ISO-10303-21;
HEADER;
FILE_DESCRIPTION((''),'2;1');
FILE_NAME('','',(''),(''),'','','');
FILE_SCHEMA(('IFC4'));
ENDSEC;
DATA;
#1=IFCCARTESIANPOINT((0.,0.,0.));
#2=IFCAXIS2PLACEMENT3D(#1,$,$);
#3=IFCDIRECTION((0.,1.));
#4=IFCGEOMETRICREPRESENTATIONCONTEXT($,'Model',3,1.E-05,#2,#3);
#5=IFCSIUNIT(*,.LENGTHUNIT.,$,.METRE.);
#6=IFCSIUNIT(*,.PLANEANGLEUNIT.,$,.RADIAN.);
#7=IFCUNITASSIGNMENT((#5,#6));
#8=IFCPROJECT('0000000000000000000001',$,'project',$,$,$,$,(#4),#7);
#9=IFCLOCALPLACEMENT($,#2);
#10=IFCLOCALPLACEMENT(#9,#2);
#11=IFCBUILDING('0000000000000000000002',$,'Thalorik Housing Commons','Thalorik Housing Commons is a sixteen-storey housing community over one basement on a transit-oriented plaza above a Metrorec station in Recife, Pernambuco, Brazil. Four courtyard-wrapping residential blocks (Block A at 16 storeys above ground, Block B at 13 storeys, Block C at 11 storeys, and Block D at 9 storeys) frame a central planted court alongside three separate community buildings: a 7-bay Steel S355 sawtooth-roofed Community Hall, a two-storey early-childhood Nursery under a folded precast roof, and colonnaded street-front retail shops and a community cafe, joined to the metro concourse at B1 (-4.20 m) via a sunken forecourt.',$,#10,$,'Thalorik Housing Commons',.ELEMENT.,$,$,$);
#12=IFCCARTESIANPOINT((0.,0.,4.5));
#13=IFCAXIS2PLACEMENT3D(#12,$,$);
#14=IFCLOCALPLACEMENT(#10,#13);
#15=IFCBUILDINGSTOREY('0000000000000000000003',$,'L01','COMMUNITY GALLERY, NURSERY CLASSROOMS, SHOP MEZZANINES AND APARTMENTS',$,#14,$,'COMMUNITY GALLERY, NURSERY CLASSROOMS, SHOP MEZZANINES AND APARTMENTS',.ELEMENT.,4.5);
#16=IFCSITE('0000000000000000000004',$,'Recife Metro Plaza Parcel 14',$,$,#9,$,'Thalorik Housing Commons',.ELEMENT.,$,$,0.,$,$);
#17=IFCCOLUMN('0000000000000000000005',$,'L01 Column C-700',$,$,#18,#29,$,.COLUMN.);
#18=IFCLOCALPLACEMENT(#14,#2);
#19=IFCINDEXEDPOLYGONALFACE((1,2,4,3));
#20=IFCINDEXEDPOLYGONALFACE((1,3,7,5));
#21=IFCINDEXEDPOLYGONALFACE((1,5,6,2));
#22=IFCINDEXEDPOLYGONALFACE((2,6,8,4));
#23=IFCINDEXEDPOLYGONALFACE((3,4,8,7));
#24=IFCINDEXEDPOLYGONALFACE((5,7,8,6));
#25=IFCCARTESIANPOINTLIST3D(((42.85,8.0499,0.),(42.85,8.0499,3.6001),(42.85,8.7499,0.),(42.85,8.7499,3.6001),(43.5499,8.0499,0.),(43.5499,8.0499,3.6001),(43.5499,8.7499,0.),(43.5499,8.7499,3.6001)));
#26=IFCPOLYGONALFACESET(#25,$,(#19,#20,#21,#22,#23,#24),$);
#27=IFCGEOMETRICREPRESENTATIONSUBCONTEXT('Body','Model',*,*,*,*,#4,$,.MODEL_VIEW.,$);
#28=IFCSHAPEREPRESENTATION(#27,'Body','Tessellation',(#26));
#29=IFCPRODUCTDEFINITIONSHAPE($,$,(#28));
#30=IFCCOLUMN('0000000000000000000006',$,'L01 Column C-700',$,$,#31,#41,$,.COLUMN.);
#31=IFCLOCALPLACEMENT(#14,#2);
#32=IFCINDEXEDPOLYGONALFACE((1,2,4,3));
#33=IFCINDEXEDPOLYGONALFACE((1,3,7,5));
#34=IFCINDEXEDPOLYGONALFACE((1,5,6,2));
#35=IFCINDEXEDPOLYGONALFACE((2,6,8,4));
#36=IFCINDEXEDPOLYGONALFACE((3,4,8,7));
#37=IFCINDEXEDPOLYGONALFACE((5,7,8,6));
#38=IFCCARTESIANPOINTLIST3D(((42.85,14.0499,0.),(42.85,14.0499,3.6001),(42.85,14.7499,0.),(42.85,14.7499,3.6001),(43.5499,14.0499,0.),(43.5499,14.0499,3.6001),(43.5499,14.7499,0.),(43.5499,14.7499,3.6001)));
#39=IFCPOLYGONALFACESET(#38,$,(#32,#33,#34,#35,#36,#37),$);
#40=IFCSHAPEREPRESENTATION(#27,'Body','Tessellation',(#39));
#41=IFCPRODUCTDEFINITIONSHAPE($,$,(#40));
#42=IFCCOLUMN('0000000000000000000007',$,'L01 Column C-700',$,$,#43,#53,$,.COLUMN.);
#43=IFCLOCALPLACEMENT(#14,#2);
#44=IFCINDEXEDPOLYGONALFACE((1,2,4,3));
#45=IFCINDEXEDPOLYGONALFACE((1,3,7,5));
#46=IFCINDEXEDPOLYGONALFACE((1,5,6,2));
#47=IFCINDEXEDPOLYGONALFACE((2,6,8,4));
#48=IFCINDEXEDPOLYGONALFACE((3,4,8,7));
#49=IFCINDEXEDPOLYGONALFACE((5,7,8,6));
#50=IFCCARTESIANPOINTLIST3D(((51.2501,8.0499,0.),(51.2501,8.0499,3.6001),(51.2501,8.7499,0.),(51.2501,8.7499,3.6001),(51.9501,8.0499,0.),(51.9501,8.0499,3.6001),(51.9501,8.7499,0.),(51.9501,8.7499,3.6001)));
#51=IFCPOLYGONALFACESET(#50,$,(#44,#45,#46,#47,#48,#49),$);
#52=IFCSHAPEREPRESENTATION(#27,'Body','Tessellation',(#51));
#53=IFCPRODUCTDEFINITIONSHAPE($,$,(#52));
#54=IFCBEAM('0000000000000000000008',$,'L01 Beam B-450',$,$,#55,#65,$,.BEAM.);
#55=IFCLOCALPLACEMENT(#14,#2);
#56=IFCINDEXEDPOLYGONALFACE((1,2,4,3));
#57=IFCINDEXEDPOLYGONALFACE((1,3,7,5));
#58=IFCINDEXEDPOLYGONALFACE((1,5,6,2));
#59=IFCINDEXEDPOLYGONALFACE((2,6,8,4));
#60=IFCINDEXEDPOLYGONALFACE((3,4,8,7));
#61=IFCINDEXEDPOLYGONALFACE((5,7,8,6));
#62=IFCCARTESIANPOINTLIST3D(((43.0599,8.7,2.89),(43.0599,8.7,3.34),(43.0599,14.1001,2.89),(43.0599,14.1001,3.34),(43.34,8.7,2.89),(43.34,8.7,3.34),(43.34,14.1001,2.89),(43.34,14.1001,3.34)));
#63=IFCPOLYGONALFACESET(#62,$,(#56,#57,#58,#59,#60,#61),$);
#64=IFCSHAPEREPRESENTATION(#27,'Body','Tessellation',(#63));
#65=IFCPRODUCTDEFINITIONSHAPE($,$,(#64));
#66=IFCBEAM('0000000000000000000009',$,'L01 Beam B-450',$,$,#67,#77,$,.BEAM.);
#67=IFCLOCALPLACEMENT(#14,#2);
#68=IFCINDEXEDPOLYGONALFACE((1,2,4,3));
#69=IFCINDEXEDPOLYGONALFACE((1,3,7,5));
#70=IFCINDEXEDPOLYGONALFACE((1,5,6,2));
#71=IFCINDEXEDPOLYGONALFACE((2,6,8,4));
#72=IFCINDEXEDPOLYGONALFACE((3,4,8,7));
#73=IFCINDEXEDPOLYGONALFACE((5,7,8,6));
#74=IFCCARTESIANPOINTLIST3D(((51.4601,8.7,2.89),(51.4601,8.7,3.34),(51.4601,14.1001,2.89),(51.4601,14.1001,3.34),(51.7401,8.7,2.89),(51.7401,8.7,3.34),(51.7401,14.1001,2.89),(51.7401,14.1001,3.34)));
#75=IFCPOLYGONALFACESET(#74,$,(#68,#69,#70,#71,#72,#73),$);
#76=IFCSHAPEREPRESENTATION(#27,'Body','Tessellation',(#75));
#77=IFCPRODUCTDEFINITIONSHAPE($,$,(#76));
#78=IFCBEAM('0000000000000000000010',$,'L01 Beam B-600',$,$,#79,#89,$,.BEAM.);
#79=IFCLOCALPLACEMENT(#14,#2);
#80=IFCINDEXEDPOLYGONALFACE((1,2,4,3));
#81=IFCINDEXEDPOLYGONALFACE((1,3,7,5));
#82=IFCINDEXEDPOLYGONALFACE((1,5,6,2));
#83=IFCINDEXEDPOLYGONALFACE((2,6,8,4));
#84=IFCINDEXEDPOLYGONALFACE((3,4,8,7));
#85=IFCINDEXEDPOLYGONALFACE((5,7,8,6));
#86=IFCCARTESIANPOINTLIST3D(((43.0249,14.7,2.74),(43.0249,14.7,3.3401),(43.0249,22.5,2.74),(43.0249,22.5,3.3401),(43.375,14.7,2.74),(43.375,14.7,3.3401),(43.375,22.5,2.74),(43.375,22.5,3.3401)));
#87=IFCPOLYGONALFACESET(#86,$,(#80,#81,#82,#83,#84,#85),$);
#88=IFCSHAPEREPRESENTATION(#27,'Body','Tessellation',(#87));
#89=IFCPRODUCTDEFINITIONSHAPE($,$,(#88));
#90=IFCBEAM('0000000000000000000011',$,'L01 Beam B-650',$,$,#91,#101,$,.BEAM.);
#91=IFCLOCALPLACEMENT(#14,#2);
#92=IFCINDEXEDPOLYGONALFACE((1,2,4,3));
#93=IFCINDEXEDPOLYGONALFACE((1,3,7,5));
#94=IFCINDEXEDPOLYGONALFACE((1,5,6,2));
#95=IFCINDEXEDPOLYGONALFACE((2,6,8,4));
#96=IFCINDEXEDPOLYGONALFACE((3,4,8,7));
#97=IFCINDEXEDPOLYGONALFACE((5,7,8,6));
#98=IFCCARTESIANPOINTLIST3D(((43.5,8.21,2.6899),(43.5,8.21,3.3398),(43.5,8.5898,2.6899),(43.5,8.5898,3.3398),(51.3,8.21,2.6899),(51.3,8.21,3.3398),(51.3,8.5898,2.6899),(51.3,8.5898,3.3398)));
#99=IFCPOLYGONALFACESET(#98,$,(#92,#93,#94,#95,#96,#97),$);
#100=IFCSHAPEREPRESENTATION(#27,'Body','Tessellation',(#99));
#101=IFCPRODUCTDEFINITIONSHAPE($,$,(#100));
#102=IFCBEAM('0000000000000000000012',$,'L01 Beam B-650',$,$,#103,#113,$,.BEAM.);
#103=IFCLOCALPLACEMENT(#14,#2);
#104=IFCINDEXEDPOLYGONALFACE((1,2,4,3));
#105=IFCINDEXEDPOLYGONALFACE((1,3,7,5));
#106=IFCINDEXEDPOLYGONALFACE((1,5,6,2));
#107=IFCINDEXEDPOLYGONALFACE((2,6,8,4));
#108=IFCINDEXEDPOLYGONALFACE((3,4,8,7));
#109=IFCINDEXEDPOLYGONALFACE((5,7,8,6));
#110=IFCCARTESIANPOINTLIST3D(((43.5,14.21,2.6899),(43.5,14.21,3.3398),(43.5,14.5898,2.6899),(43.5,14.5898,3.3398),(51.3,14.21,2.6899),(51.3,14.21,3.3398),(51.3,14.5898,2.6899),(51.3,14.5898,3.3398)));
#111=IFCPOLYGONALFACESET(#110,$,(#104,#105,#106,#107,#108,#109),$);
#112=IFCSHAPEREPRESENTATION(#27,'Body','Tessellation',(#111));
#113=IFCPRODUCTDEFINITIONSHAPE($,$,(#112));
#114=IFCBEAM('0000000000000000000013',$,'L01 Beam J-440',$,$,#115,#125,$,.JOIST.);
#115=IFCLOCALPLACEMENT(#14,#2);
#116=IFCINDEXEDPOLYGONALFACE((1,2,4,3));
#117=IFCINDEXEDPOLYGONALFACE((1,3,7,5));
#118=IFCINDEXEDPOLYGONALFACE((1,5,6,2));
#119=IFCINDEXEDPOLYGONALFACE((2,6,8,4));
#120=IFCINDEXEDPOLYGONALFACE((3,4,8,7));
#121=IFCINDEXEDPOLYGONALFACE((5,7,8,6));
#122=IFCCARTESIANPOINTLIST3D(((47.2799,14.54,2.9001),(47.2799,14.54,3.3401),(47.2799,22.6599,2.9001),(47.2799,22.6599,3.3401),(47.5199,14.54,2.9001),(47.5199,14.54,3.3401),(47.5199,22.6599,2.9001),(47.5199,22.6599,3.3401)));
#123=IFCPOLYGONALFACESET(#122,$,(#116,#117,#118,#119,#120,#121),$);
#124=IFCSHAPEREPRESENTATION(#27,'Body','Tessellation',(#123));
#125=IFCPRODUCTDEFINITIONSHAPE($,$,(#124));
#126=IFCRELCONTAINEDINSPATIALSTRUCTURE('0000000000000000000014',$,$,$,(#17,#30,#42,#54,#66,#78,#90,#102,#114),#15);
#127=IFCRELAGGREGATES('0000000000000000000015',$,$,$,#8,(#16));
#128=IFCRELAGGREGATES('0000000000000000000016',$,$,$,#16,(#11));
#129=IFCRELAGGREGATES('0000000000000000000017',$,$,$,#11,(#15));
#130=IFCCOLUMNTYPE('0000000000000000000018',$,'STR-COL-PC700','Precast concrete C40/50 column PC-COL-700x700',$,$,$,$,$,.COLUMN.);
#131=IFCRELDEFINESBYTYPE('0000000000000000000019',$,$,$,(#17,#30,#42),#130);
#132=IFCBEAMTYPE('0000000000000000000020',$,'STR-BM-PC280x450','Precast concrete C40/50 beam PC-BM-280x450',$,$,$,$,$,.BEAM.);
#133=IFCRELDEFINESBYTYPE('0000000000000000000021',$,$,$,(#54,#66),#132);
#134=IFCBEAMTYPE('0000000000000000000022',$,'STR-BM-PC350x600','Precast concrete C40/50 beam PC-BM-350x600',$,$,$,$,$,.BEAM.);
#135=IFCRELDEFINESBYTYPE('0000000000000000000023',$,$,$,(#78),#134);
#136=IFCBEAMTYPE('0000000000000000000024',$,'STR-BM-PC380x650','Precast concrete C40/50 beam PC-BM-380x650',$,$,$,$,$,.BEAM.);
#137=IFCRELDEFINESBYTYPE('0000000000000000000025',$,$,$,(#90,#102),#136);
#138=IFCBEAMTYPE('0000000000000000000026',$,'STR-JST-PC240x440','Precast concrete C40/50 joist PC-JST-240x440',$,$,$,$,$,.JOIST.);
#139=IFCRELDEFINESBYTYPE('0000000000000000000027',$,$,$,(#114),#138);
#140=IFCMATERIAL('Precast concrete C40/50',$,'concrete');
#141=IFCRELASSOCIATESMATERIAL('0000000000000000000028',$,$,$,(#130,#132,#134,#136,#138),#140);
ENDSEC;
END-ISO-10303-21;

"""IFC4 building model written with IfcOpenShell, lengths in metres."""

from ifc_helpers import new_model, si_unit, direction, frame, origin, origin_2d, place, context, subcontext, project, spatial, rectangle, extrude, material, material_profile, profile_set, type_object, element, save


model = new_model("IFC4")

# Units and contexts
model_context = context("Model", 3, precision=1e-05, world=origin(), true_north=direction((0.0, 1.0)))
body_context = subcontext(model_context, "Body", "Model", "MODEL_VIEW")
ifc_project = project(units=[si_unit("LENGTHUNIT", "METRE"), si_unit("PLANEANGLEUNIT", "RADIAN")], contexts=[model_context])

# Site, building, storey
site_placement = place(None, origin())
site = spatial("IfcSite", under=ifc_project, at=site_placement, Name="Recife Metro Plaza Parcel 14", LongName="Thalorik Housing Commons", CompositionType="ELEMENT", RefElevation=0.0)
building_placement = place(site_placement, origin())
building = spatial("IfcBuilding", under=site, at=building_placement, Name="Thalorik Housing Commons", Description="Thalorik Housing Commons is a sixteen-storey housing community over one basement on a transit-oriented plaza above a Metrorec station in Recife, Pernambuco, Brazil. Four courtyard-wrapping residential blocks (Block A at 16 storeys above ground, Block B at 13 storeys, Block C at 11 storeys, and Block D at 9 storeys) frame a central planted court alongside three separate community buildings: a 7-bay Steel S355 sawtooth-roofed Community Hall, a two-storey early-childhood Nursery under a folded precast roof, and colonnaded street-front retail shops and a community cafe, joined to the metro concourse at B1 (-4.20 m) via a sunken forecourt.", LongName="Thalorik Housing Commons", CompositionType="ELEMENT")
storey_placement = place(building_placement, frame((0.0, 0.0, 4.5)))
storey = spatial("IfcBuildingStorey", under=building, at=storey_placement, Name="L01", Description="COMMUNITY GALLERY, NURSERY CLASSROOMS, SHOP MEZZANINES AND APARTMENTS", LongName="COMMUNITY GALLERY, NURSERY CLASSROOMS, SHOP MEZZANINES AND APARTMENTS", CompositionType="ELEMENT", Elevation=4.5)

# Columns
ifc_material_1 = material(Name="Precast concrete C40/50", Category="concrete")
ifc_material_profile_1 = material_profile(ifc_material_1, rectangle(XDim=0.7, YDim=0.7, at=origin_2d()), Name="PC 700x700", Category="concrete")
ifc_profile_set_1 = profile_set([ifc_material_profile_1], Name="Precast concrete C40/50")
column_type = type_object("IfcColumnType", Name="STR-COL-PC700", Description="Precast concrete C40/50 column PC-COL-700x700", PredefinedType="COLUMN", material=ifc_profile_set_1)
for number, where, z_axis, x_axis, name in (
    (1, (43.2, 8.3999, 0.0), (0.0, 0.0, 1.0), (1.0, 0.0, 0.0), "L01 Column C-700"),
    (2, (43.2, 14.3999, 0.0), (0.0, 0.0, 1.0), (1.0, 0.0, 0.0), "L01 Column C-700"),
    (3, (51.6001, 8.3999, 0.0), (0.0, 0.0, 1.0), (1.0, 0.0, 0.0), "L01 Column C-700"),
):
    element("IfcColumn", number, at=place(storey_placement, frame(where, z_axis=z_axis, x_axis=x_axis)), inside=storey, type_object=column_type, Name=name, PredefinedType="COLUMN", context=body_context, shape_type="SweptSolid", body=[
        extrude(rectangle(XDim=0.7, YDim=0.7, at=origin_2d()), origin(), (0.0, 0.0, 1.0), 3.6001),
    ])

# Beams
ifc_material_profile_2 = material_profile(ifc_material_1, rectangle(XDim=0.28, YDim=0.45, at=origin_2d()), Name="PC 280x450", Category="concrete")
ifc_profile_set_2 = profile_set([ifc_material_profile_2], Name="Precast concrete C40/50")
beam_type_1 = type_object("IfcBeamType", Name="STR-BM-PC280x450", Description="Precast concrete C40/50 beam PC-BM-280x450", PredefinedType="BEAM", material=ifc_profile_set_2)
for number, where, z_axis, x_axis, name in (
    (4, (43.2, 8.7, 3.115), (0.0, 1.0, 0.0), (-1.0, 0.0, 0.0), "L01 Beam B-450"),
    (5, (51.6001, 8.7, 3.115), (0.0, 1.0, 0.0), (-1.0, 0.0, 0.0), "L01 Beam B-450"),
):
    element("IfcBeam", number, at=place(storey_placement, frame(where, z_axis=z_axis, x_axis=x_axis)), inside=storey, type_object=beam_type_1, Name=name, PredefinedType="BEAM", context=body_context, shape_type="SweptSolid", body=[
        extrude(rectangle(XDim=0.28, YDim=0.45, at=origin_2d()), origin(), (0.0, 0.0, 1.0), 5.4001),
    ])
ifc_material_profile_3 = material_profile(ifc_material_1, rectangle(XDim=0.3501, YDim=0.6001, at=origin_2d()), Name="PC 350x600", Category="concrete")
ifc_profile_set_3 = profile_set([ifc_material_profile_3], Name="Precast concrete C40/50")
beam_type_2 = type_object("IfcBeamType", Name="STR-BM-PC350x600", Description="Precast concrete C40/50 beam PC-BM-350x600", PredefinedType="BEAM", material=ifc_profile_set_3)
beam_1_placement = place(storey_placement, frame((43.2, 14.7, 3.04), z_axis=(0.0, 1.0, 0.0), x_axis=(-1.0, 0.0, 0.0)))
element("IfcBeam", 6, at=beam_1_placement, inside=storey, type_object=beam_type_2, Name="L01 Beam B-600", PredefinedType="BEAM", context=body_context, shape_type="SweptSolid", body=[
    extrude(rectangle(XDim=0.3501, YDim=0.6001, at=origin_2d()), origin(), (0.0, 0.0, 1.0), 7.8),
])
ifc_material_profile_4 = material_profile(ifc_material_1, rectangle(XDim=0.3799, YDim=0.6499, at=origin_2d()), Name="PC 380x650", Category="concrete")
ifc_profile_set_4 = profile_set([ifc_material_profile_4], Name="Precast concrete C40/50")
beam_type_3 = type_object("IfcBeamType", Name="STR-BM-PC380x650", Description="Precast concrete C40/50 beam PC-BM-380x650", PredefinedType="BEAM", material=ifc_profile_set_4)
for number, where, z_axis, x_axis, name in (
    (7, (43.5, 8.3999, 3.0149), (1.0, 0.0, 0.0), (0.0, 1.0, 0.0), "L01 Beam B-650"),
    (8, (43.5, 14.3999, 3.0149), (1.0, 0.0, 0.0), (0.0, 1.0, 0.0), "L01 Beam B-650"),
):
    element("IfcBeam", number, at=place(storey_placement, frame(where, z_axis=z_axis, x_axis=x_axis)), inside=storey, type_object=beam_type_3, Name=name, PredefinedType="BEAM", context=body_context, shape_type="SweptSolid", body=[
        extrude(rectangle(XDim=0.3799, YDim=0.6499, at=origin_2d()), origin(), (0.0, 0.0, 1.0), 7.8),
    ])
ifc_material_profile_5 = material_profile(ifc_material_1, rectangle(XDim=0.24, YDim=0.4399, at=origin_2d()), Name="PC JST 240x440", Category="concrete")
ifc_profile_set_5 = profile_set([ifc_material_profile_5], Name="Precast concrete C40/50")
beam_type_4 = type_object("IfcBeamType", Name="STR-JST-PC240x440", Description="Precast concrete C40/50 joist PC-JST-240x440", PredefinedType="JOIST", material=ifc_profile_set_5)
beam_2_placement = place(storey_placement, frame((47.3999, 14.54, 3.1201), z_axis=(0.0, 1.0, 0.0), x_axis=(-1.0, 0.0, 0.0)))
element("IfcBeam", 9, at=beam_2_placement, inside=storey, type_object=beam_type_4, Name="L01 Beam J-440", PredefinedType="JOIST", context=body_context, shape_type="SweptSolid", body=[
    extrude(rectangle(XDim=0.24, YDim=0.4399, at=origin_2d()), origin(), (0.0, 0.0, 1.0), 8.1199),
])

save(model, "model.ifc")
